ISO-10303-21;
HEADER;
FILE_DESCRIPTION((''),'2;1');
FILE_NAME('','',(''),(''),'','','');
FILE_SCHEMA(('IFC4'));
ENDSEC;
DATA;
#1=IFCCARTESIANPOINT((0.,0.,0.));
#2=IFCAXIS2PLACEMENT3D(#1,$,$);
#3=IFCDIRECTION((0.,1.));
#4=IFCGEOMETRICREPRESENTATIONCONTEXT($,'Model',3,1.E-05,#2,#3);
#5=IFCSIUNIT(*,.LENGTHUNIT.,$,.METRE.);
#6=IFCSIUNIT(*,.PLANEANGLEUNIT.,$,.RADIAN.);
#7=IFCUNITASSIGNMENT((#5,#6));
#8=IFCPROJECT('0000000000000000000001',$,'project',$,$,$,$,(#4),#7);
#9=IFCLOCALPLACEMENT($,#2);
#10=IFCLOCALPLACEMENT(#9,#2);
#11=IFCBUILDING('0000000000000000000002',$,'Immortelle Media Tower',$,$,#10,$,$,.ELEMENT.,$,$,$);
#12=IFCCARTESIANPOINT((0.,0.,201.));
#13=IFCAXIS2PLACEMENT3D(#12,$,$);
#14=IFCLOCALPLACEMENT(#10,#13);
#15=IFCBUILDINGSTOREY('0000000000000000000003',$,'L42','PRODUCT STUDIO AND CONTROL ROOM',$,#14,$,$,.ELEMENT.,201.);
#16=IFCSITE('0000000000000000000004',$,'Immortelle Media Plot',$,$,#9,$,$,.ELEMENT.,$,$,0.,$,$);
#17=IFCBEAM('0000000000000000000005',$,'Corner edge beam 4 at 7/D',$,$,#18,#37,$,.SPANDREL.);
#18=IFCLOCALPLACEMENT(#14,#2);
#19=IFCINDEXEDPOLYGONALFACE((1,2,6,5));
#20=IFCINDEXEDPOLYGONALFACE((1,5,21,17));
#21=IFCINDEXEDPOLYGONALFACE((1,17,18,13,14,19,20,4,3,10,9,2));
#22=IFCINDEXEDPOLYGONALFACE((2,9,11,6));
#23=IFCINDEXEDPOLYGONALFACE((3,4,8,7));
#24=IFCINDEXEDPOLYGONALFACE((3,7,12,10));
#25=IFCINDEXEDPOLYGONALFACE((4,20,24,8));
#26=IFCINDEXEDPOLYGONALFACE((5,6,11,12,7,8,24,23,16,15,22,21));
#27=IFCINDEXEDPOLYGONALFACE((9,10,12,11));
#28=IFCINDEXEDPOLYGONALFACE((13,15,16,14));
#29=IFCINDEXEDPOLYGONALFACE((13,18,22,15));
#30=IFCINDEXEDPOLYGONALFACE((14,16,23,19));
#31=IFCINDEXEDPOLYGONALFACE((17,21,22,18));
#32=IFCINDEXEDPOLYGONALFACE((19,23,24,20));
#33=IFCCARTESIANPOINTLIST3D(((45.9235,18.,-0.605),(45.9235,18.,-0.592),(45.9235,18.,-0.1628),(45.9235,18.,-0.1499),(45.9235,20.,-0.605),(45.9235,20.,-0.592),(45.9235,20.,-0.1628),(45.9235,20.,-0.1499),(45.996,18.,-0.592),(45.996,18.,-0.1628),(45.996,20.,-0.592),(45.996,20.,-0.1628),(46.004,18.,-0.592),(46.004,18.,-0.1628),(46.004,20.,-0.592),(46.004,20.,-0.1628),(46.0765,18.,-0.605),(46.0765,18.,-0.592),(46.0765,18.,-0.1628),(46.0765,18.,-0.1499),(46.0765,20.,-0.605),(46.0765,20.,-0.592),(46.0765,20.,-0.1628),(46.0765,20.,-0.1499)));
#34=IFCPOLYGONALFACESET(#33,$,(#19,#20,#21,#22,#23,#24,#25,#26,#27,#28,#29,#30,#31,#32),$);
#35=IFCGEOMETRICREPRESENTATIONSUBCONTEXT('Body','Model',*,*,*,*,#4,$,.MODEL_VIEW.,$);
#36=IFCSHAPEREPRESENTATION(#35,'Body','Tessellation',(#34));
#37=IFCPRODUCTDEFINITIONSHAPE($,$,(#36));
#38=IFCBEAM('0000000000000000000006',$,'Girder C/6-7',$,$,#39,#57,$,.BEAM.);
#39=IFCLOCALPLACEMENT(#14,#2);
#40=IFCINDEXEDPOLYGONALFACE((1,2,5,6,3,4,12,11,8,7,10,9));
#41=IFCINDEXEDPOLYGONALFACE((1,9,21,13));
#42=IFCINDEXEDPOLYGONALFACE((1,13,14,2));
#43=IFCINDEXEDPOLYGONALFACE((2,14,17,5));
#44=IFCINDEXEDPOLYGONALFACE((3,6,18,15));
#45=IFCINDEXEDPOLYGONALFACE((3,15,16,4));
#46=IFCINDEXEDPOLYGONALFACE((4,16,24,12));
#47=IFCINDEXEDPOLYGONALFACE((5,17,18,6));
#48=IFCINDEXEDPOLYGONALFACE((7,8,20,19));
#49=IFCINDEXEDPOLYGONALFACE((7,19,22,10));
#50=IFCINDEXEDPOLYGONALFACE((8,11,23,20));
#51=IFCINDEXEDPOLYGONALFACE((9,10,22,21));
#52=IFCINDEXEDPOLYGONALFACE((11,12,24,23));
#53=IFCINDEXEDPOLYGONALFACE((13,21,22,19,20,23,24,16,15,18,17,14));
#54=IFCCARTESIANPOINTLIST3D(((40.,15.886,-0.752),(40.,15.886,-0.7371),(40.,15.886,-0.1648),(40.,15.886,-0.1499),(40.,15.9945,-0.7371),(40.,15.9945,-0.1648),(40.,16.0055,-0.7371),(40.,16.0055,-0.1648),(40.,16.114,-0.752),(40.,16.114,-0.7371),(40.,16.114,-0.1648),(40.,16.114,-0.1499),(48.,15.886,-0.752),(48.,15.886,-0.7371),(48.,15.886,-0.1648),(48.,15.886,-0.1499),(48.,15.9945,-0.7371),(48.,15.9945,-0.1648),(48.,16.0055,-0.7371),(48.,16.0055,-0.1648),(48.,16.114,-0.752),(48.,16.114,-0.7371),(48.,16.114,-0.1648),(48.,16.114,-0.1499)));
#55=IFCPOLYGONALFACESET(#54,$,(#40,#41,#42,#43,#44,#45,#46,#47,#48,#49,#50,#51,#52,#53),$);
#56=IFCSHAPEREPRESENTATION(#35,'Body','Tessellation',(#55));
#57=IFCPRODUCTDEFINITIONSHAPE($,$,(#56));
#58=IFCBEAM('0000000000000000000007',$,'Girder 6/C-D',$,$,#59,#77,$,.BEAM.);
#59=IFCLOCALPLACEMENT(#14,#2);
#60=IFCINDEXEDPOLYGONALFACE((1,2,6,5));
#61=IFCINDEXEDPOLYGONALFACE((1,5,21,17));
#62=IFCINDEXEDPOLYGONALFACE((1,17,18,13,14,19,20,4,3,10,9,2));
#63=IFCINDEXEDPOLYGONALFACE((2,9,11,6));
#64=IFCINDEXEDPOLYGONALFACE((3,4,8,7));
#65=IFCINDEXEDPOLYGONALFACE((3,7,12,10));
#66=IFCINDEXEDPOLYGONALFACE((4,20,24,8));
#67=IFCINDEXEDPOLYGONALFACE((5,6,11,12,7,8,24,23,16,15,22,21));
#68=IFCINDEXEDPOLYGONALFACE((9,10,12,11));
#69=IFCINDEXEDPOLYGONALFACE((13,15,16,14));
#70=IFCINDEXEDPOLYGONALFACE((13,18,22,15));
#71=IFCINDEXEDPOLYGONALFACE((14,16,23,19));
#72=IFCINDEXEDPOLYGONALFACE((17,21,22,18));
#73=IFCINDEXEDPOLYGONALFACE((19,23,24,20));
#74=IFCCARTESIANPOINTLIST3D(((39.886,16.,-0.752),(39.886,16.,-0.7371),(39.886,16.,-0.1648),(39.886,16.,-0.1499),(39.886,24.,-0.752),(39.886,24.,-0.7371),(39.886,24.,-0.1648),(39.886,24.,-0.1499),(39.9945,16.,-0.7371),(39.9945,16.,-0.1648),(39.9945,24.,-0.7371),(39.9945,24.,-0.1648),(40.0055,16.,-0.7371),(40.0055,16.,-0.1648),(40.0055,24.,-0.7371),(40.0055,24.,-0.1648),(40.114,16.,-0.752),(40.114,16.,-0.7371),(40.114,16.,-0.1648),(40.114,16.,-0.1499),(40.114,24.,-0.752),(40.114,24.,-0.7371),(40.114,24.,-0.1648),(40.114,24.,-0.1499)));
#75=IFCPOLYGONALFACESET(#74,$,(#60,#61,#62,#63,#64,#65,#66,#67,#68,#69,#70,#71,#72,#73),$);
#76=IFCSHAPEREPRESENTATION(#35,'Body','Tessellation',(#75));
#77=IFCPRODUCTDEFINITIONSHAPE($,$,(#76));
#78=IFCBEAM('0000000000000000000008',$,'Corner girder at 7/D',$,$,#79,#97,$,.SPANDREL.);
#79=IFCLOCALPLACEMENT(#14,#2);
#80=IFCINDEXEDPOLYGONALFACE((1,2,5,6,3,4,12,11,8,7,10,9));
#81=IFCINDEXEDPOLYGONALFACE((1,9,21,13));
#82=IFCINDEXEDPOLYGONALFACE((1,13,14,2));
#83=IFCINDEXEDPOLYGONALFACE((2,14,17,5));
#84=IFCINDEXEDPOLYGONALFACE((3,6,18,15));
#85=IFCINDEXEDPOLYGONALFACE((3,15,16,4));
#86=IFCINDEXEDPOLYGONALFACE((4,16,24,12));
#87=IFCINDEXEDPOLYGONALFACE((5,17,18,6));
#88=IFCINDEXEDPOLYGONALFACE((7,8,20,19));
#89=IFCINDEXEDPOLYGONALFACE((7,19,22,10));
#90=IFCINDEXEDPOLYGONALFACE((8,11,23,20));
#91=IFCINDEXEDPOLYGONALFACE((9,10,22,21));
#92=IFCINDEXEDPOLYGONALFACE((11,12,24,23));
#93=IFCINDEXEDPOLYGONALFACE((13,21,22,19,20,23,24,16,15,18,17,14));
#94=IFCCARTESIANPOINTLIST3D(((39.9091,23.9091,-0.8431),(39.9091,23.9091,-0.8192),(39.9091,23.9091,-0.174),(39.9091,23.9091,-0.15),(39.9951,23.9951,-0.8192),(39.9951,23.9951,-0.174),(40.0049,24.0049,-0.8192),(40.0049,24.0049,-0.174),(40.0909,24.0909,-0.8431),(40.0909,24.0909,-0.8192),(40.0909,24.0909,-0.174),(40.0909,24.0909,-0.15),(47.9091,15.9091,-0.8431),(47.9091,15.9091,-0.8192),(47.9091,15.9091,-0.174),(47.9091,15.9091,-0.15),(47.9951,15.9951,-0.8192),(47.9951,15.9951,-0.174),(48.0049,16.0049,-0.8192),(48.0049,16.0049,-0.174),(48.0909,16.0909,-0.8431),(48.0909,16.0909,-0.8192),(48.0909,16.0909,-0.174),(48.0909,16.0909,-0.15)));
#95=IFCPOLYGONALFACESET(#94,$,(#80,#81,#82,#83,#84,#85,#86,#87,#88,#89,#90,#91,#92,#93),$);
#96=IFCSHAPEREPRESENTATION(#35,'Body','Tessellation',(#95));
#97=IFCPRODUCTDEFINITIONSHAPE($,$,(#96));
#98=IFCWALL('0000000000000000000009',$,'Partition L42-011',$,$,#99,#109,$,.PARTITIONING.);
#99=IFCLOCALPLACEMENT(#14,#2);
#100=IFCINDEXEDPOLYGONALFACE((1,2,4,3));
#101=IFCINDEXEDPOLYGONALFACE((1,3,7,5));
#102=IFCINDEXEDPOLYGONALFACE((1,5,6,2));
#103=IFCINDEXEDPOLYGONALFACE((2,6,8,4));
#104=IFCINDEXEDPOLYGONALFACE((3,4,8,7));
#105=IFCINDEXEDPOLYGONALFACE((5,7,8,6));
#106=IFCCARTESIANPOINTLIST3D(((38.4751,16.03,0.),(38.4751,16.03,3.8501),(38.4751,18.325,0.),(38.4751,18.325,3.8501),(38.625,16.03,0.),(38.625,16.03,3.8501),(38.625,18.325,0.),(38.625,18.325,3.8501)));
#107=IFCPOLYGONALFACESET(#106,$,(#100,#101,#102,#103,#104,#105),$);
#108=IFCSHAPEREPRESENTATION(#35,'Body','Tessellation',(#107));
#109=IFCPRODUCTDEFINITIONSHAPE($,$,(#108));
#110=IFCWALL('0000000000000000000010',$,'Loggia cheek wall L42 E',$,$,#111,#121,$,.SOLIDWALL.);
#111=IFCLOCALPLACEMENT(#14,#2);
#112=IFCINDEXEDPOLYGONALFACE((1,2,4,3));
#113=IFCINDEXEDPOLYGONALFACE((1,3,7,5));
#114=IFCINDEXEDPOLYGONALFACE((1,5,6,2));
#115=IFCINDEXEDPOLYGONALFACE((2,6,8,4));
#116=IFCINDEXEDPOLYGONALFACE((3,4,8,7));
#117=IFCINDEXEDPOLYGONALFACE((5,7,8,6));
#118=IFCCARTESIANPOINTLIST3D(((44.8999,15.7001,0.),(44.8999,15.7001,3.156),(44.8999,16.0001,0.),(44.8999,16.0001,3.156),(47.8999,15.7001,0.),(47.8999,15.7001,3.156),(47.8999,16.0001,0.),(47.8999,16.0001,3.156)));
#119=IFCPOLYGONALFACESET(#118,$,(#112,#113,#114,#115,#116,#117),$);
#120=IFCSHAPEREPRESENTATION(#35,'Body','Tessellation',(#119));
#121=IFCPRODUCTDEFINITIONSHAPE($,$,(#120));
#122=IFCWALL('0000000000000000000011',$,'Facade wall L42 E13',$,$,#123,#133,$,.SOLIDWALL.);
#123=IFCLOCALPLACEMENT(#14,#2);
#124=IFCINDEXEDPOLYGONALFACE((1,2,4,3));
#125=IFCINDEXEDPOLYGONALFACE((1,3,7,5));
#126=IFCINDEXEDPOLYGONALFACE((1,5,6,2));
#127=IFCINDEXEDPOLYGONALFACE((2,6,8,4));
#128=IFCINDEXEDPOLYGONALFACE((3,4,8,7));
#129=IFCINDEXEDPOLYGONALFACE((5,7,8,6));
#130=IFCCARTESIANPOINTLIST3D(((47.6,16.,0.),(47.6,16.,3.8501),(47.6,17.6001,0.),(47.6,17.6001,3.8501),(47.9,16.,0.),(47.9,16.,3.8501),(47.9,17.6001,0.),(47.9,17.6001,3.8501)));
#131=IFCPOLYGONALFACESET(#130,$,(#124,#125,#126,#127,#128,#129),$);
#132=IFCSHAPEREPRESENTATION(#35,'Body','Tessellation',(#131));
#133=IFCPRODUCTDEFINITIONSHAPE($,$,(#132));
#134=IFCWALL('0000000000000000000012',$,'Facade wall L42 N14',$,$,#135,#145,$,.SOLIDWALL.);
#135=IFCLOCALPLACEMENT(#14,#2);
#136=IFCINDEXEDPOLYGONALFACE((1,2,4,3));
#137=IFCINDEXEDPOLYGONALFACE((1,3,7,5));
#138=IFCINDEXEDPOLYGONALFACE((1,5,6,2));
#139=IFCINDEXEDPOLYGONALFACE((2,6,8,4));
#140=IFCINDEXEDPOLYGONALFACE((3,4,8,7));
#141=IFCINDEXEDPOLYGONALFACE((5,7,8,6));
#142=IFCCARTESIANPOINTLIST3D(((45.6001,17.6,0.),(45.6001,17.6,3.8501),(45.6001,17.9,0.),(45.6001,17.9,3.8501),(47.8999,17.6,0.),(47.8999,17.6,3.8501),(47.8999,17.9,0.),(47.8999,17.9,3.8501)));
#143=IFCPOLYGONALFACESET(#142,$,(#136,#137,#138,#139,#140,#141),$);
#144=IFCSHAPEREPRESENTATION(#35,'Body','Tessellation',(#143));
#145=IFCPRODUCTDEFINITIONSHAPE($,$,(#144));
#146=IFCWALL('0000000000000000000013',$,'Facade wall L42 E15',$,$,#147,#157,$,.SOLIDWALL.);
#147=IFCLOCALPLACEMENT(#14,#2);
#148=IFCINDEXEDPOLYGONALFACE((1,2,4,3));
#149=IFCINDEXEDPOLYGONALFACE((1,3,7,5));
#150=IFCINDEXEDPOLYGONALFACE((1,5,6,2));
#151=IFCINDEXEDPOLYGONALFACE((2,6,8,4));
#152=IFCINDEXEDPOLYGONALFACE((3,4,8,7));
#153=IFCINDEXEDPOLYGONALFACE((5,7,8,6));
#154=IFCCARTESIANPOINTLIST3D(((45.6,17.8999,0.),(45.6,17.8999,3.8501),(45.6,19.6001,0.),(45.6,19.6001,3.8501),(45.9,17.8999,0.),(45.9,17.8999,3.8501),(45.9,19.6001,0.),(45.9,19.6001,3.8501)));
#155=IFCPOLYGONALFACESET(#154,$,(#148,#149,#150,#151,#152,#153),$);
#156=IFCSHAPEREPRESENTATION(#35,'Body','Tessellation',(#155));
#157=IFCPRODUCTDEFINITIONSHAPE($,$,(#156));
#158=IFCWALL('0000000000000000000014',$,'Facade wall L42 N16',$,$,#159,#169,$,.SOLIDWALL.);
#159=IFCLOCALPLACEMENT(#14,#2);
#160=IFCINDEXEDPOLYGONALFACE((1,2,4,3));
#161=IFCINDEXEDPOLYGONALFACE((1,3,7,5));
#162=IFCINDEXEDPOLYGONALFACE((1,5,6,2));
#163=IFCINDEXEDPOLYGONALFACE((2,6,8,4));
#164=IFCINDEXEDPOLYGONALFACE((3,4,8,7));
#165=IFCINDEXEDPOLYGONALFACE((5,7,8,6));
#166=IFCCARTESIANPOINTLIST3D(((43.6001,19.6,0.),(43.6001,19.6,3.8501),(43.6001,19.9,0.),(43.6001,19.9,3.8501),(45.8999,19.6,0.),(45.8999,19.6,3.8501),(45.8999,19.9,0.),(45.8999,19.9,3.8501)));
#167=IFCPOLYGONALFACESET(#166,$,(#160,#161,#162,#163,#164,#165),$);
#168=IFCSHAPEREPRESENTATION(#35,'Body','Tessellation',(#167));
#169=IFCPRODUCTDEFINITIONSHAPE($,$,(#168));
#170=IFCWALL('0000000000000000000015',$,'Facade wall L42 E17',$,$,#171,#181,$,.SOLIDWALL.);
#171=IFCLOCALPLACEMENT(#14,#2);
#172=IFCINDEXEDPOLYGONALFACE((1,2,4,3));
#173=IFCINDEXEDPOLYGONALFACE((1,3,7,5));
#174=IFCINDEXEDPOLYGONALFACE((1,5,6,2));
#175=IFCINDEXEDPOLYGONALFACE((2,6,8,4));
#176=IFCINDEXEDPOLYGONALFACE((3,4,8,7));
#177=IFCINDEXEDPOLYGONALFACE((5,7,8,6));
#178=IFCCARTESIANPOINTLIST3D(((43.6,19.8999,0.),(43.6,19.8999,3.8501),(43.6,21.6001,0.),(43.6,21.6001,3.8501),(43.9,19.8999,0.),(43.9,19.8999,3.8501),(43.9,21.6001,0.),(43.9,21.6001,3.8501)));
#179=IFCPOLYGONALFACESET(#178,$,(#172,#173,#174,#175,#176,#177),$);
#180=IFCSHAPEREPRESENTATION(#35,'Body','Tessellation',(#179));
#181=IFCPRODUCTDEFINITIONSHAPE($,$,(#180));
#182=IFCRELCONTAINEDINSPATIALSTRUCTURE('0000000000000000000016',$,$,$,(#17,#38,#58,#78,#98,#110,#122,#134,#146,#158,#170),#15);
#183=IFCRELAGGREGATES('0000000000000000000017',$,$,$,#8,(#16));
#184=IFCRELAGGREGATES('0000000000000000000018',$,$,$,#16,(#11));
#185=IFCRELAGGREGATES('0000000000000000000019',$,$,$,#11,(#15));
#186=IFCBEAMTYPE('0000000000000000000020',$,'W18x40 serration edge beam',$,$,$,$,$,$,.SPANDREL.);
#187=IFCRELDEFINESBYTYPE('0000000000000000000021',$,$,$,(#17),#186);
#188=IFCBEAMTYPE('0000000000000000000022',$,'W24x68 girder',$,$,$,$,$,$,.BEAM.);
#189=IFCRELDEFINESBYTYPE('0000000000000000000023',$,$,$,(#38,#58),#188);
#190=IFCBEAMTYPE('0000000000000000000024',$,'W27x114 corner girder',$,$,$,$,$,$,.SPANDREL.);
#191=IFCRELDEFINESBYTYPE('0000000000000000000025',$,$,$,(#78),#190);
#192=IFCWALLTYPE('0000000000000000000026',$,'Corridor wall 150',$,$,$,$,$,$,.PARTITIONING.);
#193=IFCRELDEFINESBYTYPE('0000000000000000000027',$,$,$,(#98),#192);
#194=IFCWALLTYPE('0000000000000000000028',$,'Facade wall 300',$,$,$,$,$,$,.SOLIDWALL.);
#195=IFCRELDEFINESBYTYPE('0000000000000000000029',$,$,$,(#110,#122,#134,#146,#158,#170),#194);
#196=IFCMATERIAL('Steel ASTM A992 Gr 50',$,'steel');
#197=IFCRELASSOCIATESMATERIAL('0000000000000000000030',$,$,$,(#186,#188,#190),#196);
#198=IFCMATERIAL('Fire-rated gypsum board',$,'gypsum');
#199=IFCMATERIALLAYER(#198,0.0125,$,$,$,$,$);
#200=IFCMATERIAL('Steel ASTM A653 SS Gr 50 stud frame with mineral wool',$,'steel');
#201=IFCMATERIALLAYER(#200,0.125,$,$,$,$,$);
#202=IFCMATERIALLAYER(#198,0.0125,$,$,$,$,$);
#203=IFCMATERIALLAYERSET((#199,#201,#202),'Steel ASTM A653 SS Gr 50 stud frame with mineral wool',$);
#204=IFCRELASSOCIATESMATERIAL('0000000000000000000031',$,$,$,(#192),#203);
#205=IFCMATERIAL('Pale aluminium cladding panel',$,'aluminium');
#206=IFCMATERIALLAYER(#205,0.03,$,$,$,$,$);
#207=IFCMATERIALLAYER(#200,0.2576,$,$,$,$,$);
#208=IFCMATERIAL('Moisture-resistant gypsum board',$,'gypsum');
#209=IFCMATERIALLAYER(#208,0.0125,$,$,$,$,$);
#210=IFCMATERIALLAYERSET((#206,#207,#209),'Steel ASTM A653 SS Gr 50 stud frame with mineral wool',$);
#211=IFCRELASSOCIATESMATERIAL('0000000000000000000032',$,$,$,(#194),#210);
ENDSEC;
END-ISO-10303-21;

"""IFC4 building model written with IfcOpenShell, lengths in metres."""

from ifc_helpers import new_model, si_unit, direction, frame, frame_2d, origin, origin_2d, place, context, subcontext, project, spatial, rectangle, i_section, extrude, material, layer, layer_set, material_profile, profile_set, type_object, element, save


model = new_model("IFC4")

# Units and contexts
model_context = context("Model", 3, precision=1e-05, world=origin(), true_north=direction((0.0, 1.0)))
body_context = subcontext(model_context, "Body", "Model", "MODEL_VIEW")
ifc_project = project(units=[si_unit("LENGTHUNIT", "METRE"), si_unit("PLANEANGLEUNIT", "RADIAN")], contexts=[model_context])

# Site, building, storey
site_placement = place(None, origin())
site = spatial("IfcSite", under=ifc_project, at=site_placement, Name="Immortelle Media Plot", CompositionType="ELEMENT", RefElevation=0.0)
building_placement = place(site_placement, origin())
building = spatial("IfcBuilding", under=site, at=building_placement, Name="Immortelle Media Tower", CompositionType="ELEMENT")
storey_placement = place(building_placement, frame((0.0, 0.0, 201.0)))
storey = spatial("IfcBuildingStorey", under=building, at=storey_placement, Name="L42", Description="PRODUCT STUDIO AND CONTROL ROOM", CompositionType="ELEMENT", Elevation=201.0)

# Shared definitions
ifc_material_1 = material(Name="Steel ASTM A992 Gr 50", Category="steel")

# Beams
ifc_material_profile_1 = material_profile(ifc_material_1, i_section(OverallWidth=0.1531, OverallDepth=0.4551, WebThickness=0.0081, FlangeThickness=0.0129, at=origin_2d()), Name="W18x40")
ifc_profile_set_1 = profile_set([ifc_material_profile_1], Name="Steel ASTM A992 Gr 50")
beam_type_1 = type_object("IfcBeamType", Name="W18x40 serration edge beam", PredefinedType="SPANDREL", material=ifc_profile_set_1)
for number, where, z_axis, x_axis, name in (
    (1, (46.0, 20.0, -0.3774), (0.0, -1.0, 0.0), (1.0, 0.0, 0.0), "Corner edge beam 4 at 7/D"),
):
    element("IfcBeam", number, at=place(storey_placement, frame(where, z_axis=z_axis, x_axis=x_axis)), inside=storey, type_object=beam_type_1, Name=name, PredefinedType="SPANDREL", context=body_context, shape_type="SweptSolid", body=[
        extrude(i_section(OverallWidth=0.1531, OverallDepth=0.4551, WebThickness=0.0081, FlangeThickness=0.0129, at=origin_2d()), origin(), (0.0, 0.0, 1.0), 2.0),
    ])
ifc_material_profile_2 = material_profile(ifc_material_1, i_section(OverallWidth=0.228, OverallDepth=0.6021, WebThickness=0.011, FlangeThickness=0.0149, at=origin_2d()), Name="W24x68")
ifc_profile_set_2 = profile_set([ifc_material_profile_2], Name="Steel ASTM A992 Gr 50")
beam_type_2 = type_object("IfcBeamType", Name="W24x68 girder", PredefinedType="BEAM", material=ifc_profile_set_2)
for number, where, z_axis, x_axis, name in (
    (2, (40.0, 16.0, -0.4509), (1.0, 0.0, 0.0), (0.0, 1.0, 0.0), "Girder C/6-7"),
    (3, (40.0, 16.0, -0.4509), (0.0, 1.0, 0.0), (-1.0, 0.0, 0.0), "Girder 6/C-D"),
):
    element("IfcBeam", number, at=place(storey_placement, frame(where, z_axis=z_axis, x_axis=x_axis)), inside=storey, type_object=beam_type_2, Name=name, PredefinedType="BEAM", context=body_context, shape_type="SweptSolid", body=[
        extrude(i_section(OverallWidth=0.228, OverallDepth=0.6021, WebThickness=0.011, FlangeThickness=0.0149, at=origin_2d()), origin(), (0.0, 0.0, 1.0), 8.0),
    ])
ifc_material_profile_3 = material_profile(ifc_material_1, i_section(OverallWidth=0.2571, OverallDepth=0.6931, WebThickness=0.0139, FlangeThickness=0.0239, at=origin_2d()), Name="W27x114")
ifc_profile_set_3 = profile_set([ifc_material_profile_3], Name="Steel ASTM A992 Gr 50")
beam_type_3 = type_object("IfcBeamType", Name="W27x114 corner girder", PredefinedType="SPANDREL", material=ifc_profile_set_3)
beam_1_placement = place(storey_placement, frame((40.0, 24.0, -0.4966), z_axis=(0.707107, -0.707107, 0.0), x_axis=(0.707107, 0.707107, 0.0)))
element("IfcBeam", 4, at=beam_1_placement, inside=storey, type_object=beam_type_3, Name="Corner girder at 7/D", PredefinedType="SPANDREL", context=body_context, shape_type="SweptSolid", body=[
    extrude(i_section(OverallWidth=0.2571, OverallDepth=0.6931, WebThickness=0.0139, FlangeThickness=0.0239, at=origin_2d()), origin(), (0.0, 0.0, 1.0), 11.3137),
])

# Walls
ifc_material_2 = material(Name="Fire-rated gypsum board", Category="gypsum")
ifc_layer_1 = layer(ifc_material_2, 0.0125)
ifc_material_3 = material(Name="Steel ASTM A653 SS Gr 50 stud frame with mineral wool", Category="steel")
ifc_layer_2 = layer(ifc_material_3, 0.125)
ifc_layer_3 = layer(ifc_material_2, 0.0125)
ifc_layer_set_1 = layer_set([ifc_layer_1, ifc_layer_2, ifc_layer_3], Name="Steel ASTM A653 SS Gr 50 stud frame with mineral wool")
wall_type_1 = type_object("IfcWallType", Name="Corridor wall 150", PredefinedType="PARTITIONING", material=ifc_layer_set_1)
wall_1_placement = place(storey_placement, frame((38.55, 16.03, 0.0), z_axis=(0.0, 0.0, 1.0), x_axis=(0.0, 1.0, 0.0)))
element("IfcWall", 5, at=wall_1_placement, inside=storey, type_object=wall_type_1, Name="Partition L42-011", PredefinedType="PARTITIONING", context=body_context, shape_type="SweptSolid", body=[
    extrude(rectangle(XDim=2.2949, YDim=0.1499, at=frame_2d((1.1475, 0.0))), origin(), (0.0, 0.0, 1.0), 3.8501),
])
ifc_material_4 = material(Name="Pale aluminium cladding panel", Category="aluminium")
ifc_layer_4 = layer(ifc_material_4, 0.03)
ifc_layer_5 = layer(ifc_material_3, 0.2576)
ifc_material_5 = material(Name="Moisture-resistant gypsum board", Category="gypsum")
ifc_layer_6 = layer(ifc_material_5, 0.0125)
ifc_layer_set_2 = layer_set([ifc_layer_4, ifc_layer_5, ifc_layer_6], Name="Steel ASTM A653 SS Gr 50 stud frame with mineral wool")
wall_type_2 = type_object("IfcWallType", Name="Facade wall 300", PredefinedType="SOLIDWALL", material=ifc_layer_set_2)
wall_2_placement = place(storey_placement, frame((47.8999, 15.8501, 0.0), z_axis=(0.0, 0.0, 1.0), x_axis=(-1.0, 0.0, 0.0)))
element("IfcWall", 6, at=wall_2_placement, inside=storey, type_object=wall_type_2, Name="Loggia cheek wall L42 E", PredefinedType="SOLIDWALL", context=body_context, shape_type="SweptSolid", body=[
    extrude(rectangle(XDim=3.0, YDim=0.3, at=frame_2d((1.5, 0.0))), origin(), (0.0, 0.0, 1.0), 3.156),
])
wall_3_placement = place(storey_placement, frame((47.75, 16.0, 0.0), z_axis=(0.0, 0.0, 1.0), x_axis=(0.0, 1.0, 0.0)))
element("IfcWall", 7, at=wall_3_placement, inside=storey, type_object=wall_type_2, Name="Facade wall L42 E13", PredefinedType="SOLIDWALL", context=body_context, shape_type="SweptSolid", body=[
    extrude(rectangle(XDim=1.6001, YDim=0.3, at=frame_2d((0.8, 0.0))), origin(), (0.0, 0.0, 1.0), 3.8501),
])
wall_4_placement = place(storey_placement, frame((47.8999, 17.75, 0.0), z_axis=(0.0, 0.0, 1.0), x_axis=(-1.0, 0.0, 0.0)))
element("IfcWall", 8, at=wall_4_placement, inside=storey, type_object=wall_type_2, Name="Facade wall L42 N14", PredefinedType="SOLIDWALL", context=body_context, shape_type="SweptSolid", body=[
    extrude(rectangle(XDim=2.2998, YDim=0.3, at=frame_2d((1.1499, 0.0))), origin(), (0.0, 0.0, 1.0), 3.8501),
])
wall_5_placement = place(storey_placement, frame((45.75, 17.8999, 0.0), z_axis=(0.0, 0.0, 1.0), x_axis=(0.0, 1.0, 0.0)))
element("IfcWall", 9, at=wall_5_placement, inside=storey, type_object=wall_type_2, Name="Facade wall L42 E15", PredefinedType="SOLIDWALL", context=body_context, shape_type="SweptSolid", body=[
    extrude(rectangle(XDim=1.7002, YDim=0.3, at=frame_2d((0.8501, 0.0))), origin(), (0.0, 0.0, 1.0), 3.8501),
])
wall_6_placement = place(storey_placement, frame((45.8999, 19.75, 0.0), z_axis=(0.0, 0.0, 1.0), x_axis=(-1.0, 0.0, 0.0)))
element("IfcWall", 10, at=wall_6_placement, inside=storey, type_object=wall_type_2, Name="Facade wall L42 N16", PredefinedType="SOLIDWALL", context=body_context, shape_type="SweptSolid", body=[
    extrude(rectangle(XDim=2.2998, YDim=0.3, at=frame_2d((1.1499, 0.0))), origin(), (0.0, 0.0, 1.0), 3.8501),
])
wall_7_placement = place(storey_placement, frame((43.75, 19.8999, 0.0), z_axis=(0.0, 0.0, 1.0), x_axis=(0.0, 1.0, 0.0)))
element("IfcWall", 11, at=wall_7_placement, inside=storey, type_object=wall_type_2, Name="Facade wall L42 E17", PredefinedType="SOLIDWALL", context=body_context, shape_type="SweptSolid", body=[
    extrude(rectangle(XDim=1.7002, YDim=0.3, at=frame_2d((0.8501, 0.0))), origin(), (0.0, 0.0, 1.0), 3.8501),
])

save(model, "model.ifc")
